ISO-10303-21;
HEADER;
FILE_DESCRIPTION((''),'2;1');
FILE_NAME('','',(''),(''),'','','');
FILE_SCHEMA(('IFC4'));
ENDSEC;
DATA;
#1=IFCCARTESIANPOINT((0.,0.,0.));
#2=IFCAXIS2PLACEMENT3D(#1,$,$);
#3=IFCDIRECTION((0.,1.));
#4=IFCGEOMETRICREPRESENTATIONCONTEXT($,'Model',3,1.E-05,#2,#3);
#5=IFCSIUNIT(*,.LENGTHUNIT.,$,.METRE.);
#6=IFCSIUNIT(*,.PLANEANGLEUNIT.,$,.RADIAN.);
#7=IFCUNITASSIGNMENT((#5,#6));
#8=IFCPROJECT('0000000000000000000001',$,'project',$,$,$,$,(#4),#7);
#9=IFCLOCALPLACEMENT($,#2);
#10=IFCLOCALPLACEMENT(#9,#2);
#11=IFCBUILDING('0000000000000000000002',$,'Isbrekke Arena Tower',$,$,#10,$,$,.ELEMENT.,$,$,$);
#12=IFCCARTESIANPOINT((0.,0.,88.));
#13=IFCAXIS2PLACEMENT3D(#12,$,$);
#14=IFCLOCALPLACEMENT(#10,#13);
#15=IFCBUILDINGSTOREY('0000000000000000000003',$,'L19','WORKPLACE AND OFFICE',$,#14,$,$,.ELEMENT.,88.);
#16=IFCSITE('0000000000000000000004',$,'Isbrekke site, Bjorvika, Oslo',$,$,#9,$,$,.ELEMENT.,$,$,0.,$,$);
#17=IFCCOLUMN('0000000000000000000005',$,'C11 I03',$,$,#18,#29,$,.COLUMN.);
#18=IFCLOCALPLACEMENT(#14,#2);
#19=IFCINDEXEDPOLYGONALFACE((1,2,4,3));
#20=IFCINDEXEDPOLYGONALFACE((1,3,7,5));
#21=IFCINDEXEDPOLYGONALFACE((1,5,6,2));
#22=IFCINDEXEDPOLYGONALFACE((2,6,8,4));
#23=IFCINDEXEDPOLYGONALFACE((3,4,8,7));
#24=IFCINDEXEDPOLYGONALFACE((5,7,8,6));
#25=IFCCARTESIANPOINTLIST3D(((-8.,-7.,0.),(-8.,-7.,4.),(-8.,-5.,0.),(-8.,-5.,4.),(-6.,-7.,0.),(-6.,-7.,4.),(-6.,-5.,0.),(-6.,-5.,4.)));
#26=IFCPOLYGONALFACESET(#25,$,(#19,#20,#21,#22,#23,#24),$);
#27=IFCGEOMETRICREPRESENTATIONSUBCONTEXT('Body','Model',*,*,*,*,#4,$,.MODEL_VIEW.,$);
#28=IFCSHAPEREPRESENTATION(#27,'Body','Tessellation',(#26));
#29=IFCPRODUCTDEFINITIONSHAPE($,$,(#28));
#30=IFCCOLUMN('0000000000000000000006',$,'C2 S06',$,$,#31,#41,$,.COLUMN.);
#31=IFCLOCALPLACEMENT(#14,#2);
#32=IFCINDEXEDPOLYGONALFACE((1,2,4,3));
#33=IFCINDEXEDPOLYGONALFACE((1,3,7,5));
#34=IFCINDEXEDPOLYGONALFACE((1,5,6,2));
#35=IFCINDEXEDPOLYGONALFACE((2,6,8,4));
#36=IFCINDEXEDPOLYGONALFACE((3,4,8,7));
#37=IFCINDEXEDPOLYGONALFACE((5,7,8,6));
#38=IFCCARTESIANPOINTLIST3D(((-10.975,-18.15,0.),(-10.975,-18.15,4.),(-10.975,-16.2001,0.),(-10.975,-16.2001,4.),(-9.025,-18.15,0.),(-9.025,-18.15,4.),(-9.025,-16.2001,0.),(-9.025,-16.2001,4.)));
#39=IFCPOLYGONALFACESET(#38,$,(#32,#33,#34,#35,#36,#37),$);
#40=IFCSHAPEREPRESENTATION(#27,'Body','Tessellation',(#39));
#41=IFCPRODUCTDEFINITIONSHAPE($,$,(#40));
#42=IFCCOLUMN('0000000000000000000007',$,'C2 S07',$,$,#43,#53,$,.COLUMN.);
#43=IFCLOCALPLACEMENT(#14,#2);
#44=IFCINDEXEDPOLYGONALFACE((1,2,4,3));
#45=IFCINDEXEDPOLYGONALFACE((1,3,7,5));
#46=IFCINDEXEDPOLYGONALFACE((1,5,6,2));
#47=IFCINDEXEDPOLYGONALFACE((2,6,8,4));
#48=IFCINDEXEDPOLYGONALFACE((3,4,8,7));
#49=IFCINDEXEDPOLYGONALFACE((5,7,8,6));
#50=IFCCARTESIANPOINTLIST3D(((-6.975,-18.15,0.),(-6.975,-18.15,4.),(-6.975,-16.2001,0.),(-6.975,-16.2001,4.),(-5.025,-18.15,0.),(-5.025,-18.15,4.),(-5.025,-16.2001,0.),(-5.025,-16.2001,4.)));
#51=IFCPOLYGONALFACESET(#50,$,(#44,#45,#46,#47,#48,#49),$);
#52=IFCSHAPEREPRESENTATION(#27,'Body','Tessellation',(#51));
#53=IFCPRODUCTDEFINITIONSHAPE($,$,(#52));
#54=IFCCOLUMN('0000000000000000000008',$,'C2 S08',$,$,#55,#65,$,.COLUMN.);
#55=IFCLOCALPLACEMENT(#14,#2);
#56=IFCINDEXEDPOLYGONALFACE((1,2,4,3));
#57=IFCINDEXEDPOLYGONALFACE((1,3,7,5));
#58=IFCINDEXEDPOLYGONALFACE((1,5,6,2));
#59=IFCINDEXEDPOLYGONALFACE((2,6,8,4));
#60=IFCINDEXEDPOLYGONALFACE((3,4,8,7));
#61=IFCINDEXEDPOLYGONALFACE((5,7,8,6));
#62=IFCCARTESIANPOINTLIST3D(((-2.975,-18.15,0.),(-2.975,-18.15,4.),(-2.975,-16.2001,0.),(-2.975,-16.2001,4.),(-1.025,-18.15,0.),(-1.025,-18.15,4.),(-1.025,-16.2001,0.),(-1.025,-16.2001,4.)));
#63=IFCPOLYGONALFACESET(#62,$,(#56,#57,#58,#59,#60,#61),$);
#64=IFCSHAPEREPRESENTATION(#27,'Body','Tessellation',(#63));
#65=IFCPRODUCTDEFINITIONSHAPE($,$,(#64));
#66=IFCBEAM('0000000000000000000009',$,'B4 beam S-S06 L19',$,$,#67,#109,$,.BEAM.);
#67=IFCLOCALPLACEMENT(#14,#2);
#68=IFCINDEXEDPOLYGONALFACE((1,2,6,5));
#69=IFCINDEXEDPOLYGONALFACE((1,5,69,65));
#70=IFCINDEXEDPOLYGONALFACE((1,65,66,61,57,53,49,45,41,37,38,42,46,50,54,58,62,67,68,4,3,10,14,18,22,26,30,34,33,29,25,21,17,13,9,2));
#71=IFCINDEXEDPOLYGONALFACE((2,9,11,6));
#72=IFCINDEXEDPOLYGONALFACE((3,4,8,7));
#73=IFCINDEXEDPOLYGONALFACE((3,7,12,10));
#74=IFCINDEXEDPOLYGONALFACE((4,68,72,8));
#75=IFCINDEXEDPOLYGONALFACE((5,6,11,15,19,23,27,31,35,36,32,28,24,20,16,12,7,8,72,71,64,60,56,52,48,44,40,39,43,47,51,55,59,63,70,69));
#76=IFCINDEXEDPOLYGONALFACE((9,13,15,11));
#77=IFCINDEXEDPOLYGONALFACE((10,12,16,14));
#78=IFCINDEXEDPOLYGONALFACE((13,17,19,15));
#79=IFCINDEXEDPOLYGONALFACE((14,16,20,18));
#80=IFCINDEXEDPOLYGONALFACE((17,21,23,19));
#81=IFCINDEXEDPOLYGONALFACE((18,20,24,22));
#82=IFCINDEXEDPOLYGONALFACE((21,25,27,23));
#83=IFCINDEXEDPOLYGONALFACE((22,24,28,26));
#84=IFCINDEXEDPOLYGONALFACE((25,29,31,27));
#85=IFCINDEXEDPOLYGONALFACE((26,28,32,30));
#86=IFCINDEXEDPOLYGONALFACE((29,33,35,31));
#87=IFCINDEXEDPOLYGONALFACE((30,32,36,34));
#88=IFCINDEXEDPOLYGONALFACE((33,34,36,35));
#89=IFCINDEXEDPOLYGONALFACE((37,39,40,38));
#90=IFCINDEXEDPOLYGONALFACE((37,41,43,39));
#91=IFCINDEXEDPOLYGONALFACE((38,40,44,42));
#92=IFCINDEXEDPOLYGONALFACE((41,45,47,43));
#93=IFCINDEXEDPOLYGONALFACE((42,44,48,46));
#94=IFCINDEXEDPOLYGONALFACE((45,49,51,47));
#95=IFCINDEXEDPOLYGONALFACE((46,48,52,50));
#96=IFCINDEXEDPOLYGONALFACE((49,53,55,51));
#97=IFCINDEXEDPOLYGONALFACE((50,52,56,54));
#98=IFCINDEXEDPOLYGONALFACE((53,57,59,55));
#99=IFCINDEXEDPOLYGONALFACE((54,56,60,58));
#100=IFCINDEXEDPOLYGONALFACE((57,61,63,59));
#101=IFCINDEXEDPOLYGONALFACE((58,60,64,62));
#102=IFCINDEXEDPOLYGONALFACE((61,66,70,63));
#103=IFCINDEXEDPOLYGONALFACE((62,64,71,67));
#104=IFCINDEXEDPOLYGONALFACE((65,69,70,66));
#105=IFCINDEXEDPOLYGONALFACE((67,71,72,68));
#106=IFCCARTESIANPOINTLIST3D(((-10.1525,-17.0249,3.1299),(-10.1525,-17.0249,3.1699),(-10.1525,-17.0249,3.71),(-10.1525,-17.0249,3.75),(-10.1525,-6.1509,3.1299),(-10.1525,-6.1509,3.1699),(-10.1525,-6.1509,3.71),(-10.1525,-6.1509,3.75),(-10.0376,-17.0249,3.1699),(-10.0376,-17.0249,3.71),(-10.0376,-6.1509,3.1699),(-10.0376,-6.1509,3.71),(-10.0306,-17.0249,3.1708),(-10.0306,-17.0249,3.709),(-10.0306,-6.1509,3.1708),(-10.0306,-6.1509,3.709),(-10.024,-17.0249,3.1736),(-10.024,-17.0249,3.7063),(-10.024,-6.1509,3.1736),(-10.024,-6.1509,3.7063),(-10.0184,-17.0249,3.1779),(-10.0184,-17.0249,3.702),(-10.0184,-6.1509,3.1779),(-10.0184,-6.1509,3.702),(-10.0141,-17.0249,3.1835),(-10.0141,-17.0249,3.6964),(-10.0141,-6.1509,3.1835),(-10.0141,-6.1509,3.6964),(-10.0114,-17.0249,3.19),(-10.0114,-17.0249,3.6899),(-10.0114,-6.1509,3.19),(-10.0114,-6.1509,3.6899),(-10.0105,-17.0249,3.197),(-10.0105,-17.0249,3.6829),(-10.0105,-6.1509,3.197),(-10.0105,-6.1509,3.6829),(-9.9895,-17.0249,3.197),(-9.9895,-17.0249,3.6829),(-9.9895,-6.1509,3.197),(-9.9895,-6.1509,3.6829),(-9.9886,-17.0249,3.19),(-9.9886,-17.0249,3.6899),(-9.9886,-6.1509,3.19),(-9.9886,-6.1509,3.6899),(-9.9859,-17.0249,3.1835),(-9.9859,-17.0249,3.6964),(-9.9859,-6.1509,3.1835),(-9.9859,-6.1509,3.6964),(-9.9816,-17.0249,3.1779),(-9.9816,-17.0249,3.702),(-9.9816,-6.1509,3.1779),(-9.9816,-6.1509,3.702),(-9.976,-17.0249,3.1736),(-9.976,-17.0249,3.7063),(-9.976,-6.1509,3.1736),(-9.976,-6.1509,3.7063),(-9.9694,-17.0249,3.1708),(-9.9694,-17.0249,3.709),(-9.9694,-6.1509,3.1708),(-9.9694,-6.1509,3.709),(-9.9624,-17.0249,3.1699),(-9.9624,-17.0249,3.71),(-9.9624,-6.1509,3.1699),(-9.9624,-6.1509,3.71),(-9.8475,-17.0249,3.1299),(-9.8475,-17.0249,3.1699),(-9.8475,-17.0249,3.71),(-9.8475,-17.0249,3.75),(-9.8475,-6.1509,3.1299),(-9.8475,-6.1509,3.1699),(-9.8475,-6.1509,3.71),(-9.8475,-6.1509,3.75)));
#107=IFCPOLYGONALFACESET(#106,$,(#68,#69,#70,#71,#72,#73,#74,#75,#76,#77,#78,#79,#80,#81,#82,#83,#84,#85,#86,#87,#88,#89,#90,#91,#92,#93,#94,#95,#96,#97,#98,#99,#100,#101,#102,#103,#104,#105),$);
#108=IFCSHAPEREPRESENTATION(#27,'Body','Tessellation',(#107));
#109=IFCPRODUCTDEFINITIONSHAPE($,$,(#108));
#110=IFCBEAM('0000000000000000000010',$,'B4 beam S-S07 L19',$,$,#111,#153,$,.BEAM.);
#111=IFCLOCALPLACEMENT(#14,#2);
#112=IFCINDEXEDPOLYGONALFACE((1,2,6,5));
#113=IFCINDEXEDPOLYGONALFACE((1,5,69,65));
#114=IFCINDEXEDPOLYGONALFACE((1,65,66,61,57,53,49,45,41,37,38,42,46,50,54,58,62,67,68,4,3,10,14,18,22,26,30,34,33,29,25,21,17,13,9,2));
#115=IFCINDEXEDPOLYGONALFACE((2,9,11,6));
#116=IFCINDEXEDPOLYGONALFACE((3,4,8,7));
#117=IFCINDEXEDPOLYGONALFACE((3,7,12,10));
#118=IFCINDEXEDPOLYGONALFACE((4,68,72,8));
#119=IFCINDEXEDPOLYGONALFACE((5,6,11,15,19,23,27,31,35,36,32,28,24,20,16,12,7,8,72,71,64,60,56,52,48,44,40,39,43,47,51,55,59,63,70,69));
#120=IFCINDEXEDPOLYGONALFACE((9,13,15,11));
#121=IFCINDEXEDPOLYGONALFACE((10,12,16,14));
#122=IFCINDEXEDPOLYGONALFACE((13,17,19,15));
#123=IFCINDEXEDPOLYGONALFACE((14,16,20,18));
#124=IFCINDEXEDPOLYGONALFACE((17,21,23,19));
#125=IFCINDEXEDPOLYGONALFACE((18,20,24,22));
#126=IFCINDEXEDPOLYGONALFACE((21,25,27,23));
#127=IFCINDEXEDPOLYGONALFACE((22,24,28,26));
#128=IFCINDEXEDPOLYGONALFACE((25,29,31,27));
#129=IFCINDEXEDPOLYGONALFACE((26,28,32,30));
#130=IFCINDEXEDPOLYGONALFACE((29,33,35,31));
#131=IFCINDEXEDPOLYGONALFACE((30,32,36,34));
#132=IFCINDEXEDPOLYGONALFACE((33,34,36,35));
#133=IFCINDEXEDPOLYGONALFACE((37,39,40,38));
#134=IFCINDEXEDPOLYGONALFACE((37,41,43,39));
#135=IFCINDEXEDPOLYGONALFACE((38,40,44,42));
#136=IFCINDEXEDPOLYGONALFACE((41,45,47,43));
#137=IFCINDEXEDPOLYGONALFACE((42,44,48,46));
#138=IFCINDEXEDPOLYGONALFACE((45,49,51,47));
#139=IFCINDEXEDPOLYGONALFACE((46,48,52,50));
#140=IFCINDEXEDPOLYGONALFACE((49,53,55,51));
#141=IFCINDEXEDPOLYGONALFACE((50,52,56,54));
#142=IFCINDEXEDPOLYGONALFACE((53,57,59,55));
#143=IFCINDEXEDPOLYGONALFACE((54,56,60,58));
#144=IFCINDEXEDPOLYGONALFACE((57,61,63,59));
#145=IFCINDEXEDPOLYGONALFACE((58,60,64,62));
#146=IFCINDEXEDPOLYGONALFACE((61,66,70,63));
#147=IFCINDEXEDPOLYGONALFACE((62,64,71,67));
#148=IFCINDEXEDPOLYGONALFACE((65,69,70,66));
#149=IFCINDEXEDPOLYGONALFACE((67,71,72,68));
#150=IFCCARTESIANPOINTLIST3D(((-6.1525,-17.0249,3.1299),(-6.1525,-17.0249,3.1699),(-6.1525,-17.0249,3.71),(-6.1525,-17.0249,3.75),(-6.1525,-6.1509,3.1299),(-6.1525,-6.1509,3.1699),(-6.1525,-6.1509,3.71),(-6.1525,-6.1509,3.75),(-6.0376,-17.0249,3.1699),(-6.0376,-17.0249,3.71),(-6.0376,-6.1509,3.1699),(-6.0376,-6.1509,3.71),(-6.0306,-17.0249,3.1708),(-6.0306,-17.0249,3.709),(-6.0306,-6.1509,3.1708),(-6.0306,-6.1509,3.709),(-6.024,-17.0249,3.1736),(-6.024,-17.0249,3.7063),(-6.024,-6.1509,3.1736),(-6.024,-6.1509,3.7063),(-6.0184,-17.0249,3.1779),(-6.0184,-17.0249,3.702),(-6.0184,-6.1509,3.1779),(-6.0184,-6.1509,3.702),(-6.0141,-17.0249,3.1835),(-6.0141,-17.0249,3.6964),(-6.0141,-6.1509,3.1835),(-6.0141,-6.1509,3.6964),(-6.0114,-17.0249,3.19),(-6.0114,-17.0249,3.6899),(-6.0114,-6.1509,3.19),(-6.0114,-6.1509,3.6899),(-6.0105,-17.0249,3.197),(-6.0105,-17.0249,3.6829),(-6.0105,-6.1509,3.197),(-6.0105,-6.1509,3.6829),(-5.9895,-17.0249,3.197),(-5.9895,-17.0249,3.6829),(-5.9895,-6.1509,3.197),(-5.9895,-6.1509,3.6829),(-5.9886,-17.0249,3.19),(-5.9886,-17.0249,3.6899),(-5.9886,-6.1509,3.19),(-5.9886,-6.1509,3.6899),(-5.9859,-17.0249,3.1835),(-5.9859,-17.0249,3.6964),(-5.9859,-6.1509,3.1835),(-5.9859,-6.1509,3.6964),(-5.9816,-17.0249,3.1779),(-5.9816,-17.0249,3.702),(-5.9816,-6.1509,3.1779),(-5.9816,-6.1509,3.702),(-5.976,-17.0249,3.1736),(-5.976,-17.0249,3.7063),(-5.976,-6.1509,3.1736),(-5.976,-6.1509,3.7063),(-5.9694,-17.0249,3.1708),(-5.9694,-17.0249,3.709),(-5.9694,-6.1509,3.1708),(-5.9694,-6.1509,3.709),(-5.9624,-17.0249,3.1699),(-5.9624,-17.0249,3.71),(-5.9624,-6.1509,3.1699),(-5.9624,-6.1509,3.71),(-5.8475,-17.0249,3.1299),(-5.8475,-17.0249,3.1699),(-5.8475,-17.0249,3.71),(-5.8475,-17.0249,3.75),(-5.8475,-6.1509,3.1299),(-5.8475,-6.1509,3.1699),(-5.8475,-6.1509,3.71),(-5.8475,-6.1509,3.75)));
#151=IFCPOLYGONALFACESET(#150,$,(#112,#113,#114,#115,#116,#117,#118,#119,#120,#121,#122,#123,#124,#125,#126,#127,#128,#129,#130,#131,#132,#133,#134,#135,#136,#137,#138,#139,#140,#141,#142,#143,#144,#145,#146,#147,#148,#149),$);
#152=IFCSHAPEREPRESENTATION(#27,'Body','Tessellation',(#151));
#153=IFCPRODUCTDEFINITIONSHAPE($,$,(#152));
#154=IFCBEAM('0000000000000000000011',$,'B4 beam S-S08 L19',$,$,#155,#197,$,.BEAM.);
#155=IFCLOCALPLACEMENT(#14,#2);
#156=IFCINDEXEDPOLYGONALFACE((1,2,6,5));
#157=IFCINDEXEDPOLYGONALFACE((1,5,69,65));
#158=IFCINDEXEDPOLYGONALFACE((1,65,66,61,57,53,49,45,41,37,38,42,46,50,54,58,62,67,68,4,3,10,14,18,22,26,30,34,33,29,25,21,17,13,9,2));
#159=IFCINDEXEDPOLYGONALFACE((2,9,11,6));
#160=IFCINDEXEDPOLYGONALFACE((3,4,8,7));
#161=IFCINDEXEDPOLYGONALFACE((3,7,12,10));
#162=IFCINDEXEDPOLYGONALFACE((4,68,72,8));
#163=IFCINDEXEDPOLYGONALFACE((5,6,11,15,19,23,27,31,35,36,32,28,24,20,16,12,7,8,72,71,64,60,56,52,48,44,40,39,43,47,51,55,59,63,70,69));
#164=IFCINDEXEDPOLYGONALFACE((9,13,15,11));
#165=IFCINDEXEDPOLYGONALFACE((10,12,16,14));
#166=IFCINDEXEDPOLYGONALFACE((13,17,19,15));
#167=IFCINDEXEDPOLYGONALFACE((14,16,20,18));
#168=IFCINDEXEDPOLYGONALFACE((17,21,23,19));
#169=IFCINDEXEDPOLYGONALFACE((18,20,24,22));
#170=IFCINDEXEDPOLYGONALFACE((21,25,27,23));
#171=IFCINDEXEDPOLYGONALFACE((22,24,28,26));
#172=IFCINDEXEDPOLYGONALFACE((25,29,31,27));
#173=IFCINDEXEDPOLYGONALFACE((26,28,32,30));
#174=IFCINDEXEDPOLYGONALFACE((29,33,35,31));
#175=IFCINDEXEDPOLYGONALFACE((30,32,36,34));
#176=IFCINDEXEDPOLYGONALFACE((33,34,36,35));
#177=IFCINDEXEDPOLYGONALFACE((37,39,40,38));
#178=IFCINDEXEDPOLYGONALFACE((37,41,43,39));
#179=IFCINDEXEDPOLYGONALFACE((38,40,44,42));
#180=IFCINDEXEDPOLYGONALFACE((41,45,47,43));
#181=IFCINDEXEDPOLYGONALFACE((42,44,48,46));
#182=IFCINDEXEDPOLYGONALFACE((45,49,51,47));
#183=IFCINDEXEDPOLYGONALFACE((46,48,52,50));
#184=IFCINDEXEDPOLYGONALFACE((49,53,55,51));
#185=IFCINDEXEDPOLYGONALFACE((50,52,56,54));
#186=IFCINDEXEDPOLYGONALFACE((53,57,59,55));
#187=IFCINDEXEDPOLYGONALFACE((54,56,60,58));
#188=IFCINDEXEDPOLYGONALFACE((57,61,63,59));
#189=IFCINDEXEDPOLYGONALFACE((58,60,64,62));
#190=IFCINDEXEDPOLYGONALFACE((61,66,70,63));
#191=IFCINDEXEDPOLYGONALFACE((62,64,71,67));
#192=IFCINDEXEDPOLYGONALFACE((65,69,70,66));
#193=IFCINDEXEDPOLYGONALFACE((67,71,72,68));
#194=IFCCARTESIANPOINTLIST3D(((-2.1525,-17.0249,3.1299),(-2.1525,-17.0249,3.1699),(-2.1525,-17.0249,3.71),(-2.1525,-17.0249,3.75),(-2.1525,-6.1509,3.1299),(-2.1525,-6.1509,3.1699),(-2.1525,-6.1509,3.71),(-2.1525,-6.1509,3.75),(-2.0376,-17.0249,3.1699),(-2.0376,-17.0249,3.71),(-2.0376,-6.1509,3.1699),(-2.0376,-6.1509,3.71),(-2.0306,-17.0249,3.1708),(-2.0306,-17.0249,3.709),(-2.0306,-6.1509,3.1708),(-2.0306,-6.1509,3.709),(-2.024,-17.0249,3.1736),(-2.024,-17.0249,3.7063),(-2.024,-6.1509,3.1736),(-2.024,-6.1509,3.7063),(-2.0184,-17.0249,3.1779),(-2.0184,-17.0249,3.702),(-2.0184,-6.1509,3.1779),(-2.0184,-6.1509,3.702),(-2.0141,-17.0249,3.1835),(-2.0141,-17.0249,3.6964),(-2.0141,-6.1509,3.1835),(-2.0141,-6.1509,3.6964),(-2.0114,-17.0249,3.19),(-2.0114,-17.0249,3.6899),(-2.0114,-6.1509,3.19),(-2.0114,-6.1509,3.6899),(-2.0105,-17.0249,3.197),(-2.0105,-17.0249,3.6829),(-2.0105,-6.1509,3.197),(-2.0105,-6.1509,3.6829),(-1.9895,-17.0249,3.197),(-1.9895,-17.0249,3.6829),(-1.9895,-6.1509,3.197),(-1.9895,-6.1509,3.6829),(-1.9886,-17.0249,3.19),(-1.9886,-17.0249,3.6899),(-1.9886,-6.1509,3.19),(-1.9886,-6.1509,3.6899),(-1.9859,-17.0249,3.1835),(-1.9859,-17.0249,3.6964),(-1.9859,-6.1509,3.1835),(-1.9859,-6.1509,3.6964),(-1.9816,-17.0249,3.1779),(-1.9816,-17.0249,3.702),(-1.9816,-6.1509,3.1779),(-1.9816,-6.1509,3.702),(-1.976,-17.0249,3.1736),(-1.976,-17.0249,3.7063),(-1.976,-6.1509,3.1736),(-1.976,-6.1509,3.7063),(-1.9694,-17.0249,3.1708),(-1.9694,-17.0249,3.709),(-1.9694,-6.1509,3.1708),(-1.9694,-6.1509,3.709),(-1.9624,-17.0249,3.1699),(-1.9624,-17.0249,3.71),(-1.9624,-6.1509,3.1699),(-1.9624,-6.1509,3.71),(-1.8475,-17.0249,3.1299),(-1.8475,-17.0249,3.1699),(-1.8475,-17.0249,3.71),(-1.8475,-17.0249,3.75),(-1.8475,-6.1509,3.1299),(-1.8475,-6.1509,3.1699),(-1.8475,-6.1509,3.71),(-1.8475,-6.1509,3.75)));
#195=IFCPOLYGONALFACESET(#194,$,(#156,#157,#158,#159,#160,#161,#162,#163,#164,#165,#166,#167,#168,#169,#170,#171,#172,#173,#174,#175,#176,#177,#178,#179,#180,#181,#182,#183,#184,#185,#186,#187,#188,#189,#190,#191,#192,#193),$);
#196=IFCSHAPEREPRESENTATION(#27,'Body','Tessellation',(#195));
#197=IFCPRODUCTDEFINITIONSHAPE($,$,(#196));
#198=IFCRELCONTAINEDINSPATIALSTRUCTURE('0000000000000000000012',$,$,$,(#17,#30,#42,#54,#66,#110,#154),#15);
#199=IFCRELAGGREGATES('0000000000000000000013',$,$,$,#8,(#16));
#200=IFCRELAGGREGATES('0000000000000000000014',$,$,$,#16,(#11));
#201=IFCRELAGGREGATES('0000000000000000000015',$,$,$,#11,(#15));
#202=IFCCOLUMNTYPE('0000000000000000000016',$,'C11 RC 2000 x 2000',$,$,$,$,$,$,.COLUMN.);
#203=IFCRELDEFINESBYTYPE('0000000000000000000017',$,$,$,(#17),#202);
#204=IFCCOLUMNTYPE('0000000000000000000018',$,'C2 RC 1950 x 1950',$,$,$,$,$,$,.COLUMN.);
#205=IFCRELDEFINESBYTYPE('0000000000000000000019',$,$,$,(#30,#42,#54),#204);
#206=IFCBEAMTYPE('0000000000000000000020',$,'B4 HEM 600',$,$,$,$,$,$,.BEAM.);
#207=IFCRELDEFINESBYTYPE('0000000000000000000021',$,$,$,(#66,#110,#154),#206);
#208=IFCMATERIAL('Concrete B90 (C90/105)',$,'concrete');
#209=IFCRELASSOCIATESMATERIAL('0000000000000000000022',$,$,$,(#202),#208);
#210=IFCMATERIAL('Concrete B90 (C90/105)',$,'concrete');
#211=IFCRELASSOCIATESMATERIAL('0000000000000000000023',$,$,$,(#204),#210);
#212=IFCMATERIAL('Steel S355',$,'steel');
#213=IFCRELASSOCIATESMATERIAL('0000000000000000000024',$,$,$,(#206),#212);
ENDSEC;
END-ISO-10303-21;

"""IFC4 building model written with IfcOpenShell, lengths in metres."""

from ifc_helpers import new_model, si_unit, direction, frame, origin, origin_2d, place, context, subcontext, project, spatial, rectangle, i_section, extrude, material, material_profile, profile_set, type_object, element, save


model = new_model("IFC4")

# Units and contexts
model_context = context("Model", 3, precision=1e-05, world=origin(), true_north=direction((0.0, 1.0)))
body_context = subcontext(model_context, "Body", "Model", "MODEL_VIEW")
ifc_project = project(units=[si_unit("LENGTHUNIT", "METRE"), si_unit("PLANEANGLEUNIT", "RADIAN")], contexts=[model_context])

# Site, building, storey
site_placement = place(None, origin())
site = spatial("IfcSite", under=ifc_project, at=site_placement, Name="Isbrekke site, Bjorvika, Oslo", CompositionType="ELEMENT", RefElevation=0.0)
building_placement = place(site_placement, origin())
building = spatial("IfcBuilding", under=site, at=building_placement, Name="Isbrekke Arena Tower", CompositionType="ELEMENT")
storey_placement = place(building_placement, frame((0.0, 0.0, 88.0)))
storey = spatial("IfcBuildingStorey", under=building, at=storey_placement, Name="L19", Description="WORKPLACE AND OFFICE", CompositionType="ELEMENT", Elevation=88.0)

# Columns
ifc_material_1 = material(Name="Concrete B90 (C90/105)", Category="concrete")
ifc_material_profile_1 = material_profile(ifc_material_1, rectangle(XDim=2.0, YDim=2.0, at=origin_2d()), Name="RC 2000x2000")
ifc_profile_set_1 = profile_set([ifc_material_profile_1], Name="Concrete B90 (C90/105)")
column_type_1 = type_object("IfcColumnType", Name="C11 RC 2000 x 2000", PredefinedType="COLUMN", material=ifc_profile_set_1)
column_placement = place(storey_placement, frame((-7.0, -6.0, 0.0), z_axis=(0.0, 0.0, 1.0), x_axis=(1.0, 0.0, 0.0)))
element("IfcColumn", 1, at=column_placement, inside=storey, type_object=column_type_1, Name="C11 I03", PredefinedType="COLUMN", context=body_context, shape_type="SweptSolid", body=[
    extrude(rectangle(XDim=2.0, YDim=2.0, at=origin_2d()), origin(), (0.0, 0.0, 1.0), 4.0),
])
ifc_material_2 = material(Name="Concrete B90 (C90/105)", Category="concrete")
ifc_material_profile_2 = material_profile(ifc_material_2, rectangle(XDim=1.95, YDim=1.95, at=origin_2d()), Name="RC 1950x1950")
ifc_profile_set_2 = profile_set([ifc_material_profile_2], Name="Concrete B90 (C90/105)")
column_type_2 = type_object("IfcColumnType", Name="C2 RC 1950 x 1950", PredefinedType="COLUMN", material=ifc_profile_set_2)
for number, where, z_axis, x_axis, name in (
    (2, (-10.0, -17.175, 0.0), (0.0, 0.0, 1.0), (1.0, 0.0, 0.0), "C2 S06"),
    (3, (-6.0, -17.175, 0.0), (0.0, 0.0, 1.0), (1.0, 0.0, 0.0), "C2 S07"),
    (4, (-2.0, -17.175, 0.0), (0.0, 0.0, 1.0), (1.0, 0.0, 0.0), "C2 S08"),
):
    element("IfcColumn", number, at=place(storey_placement, frame(where, z_axis=z_axis, x_axis=x_axis)), inside=storey, type_object=column_type_2, Name=name, PredefinedType="COLUMN", context=body_context, shape_type="SweptSolid", body=[
        extrude(rectangle(XDim=1.95, YDim=1.95, at=origin_2d()), origin(), (0.0, 0.0, 1.0), 4.0),
    ])

# Beams
ifc_material_3 = material(Name="Steel S355", Category="steel")
ifc_material_profile_3 = material_profile(ifc_material_3, i_section(OverallWidth=0.3049, OverallDepth=0.6201, WebThickness=0.021, FlangeThickness=0.04, FilletRadius=0.0271, at=origin_2d()), Name="HEM 600")
ifc_profile_set_3 = profile_set([ifc_material_profile_3], Name="Steel S355")
beam_type_1 = type_object("IfcBeamType", Name="B4 HEM 600", PredefinedType="BEAM", material=ifc_profile_set_3)
for number, where, z_axis, x_axis, name in (
    (5, (-10.0, -17.0249, 3.4399), (0.0, 1.0, 0.0), (-1.0, 0.0, 0.0), "B4 beam S-S06 L19"),
    (6, (-6.0, -17.0249, 3.4399), (0.0, 1.0, 0.0), (-1.0, 0.0, 0.0), "B4 beam S-S07 L19"),
    (7, (-2.0, -17.0249, 3.4399), (0.0, 1.0, 0.0), (-1.0, 0.0, 0.0), "B4 beam S-S08 L19"),
):
    element("IfcBeam", number, at=place(storey_placement, frame(where, z_axis=z_axis, x_axis=x_axis)), inside=storey, type_object=beam_type_1, Name=name, PredefinedType="BEAM", context=body_context, shape_type="SweptSolid", body=[
        extrude(i_section(OverallWidth=0.3049, OverallDepth=0.6201, WebThickness=0.021, FlangeThickness=0.04, FilletRadius=0.0271, at=origin_2d()), origin(), (0.0, 0.0, 1.0), 10.874),
    ])

save(model, "model.ifc")
